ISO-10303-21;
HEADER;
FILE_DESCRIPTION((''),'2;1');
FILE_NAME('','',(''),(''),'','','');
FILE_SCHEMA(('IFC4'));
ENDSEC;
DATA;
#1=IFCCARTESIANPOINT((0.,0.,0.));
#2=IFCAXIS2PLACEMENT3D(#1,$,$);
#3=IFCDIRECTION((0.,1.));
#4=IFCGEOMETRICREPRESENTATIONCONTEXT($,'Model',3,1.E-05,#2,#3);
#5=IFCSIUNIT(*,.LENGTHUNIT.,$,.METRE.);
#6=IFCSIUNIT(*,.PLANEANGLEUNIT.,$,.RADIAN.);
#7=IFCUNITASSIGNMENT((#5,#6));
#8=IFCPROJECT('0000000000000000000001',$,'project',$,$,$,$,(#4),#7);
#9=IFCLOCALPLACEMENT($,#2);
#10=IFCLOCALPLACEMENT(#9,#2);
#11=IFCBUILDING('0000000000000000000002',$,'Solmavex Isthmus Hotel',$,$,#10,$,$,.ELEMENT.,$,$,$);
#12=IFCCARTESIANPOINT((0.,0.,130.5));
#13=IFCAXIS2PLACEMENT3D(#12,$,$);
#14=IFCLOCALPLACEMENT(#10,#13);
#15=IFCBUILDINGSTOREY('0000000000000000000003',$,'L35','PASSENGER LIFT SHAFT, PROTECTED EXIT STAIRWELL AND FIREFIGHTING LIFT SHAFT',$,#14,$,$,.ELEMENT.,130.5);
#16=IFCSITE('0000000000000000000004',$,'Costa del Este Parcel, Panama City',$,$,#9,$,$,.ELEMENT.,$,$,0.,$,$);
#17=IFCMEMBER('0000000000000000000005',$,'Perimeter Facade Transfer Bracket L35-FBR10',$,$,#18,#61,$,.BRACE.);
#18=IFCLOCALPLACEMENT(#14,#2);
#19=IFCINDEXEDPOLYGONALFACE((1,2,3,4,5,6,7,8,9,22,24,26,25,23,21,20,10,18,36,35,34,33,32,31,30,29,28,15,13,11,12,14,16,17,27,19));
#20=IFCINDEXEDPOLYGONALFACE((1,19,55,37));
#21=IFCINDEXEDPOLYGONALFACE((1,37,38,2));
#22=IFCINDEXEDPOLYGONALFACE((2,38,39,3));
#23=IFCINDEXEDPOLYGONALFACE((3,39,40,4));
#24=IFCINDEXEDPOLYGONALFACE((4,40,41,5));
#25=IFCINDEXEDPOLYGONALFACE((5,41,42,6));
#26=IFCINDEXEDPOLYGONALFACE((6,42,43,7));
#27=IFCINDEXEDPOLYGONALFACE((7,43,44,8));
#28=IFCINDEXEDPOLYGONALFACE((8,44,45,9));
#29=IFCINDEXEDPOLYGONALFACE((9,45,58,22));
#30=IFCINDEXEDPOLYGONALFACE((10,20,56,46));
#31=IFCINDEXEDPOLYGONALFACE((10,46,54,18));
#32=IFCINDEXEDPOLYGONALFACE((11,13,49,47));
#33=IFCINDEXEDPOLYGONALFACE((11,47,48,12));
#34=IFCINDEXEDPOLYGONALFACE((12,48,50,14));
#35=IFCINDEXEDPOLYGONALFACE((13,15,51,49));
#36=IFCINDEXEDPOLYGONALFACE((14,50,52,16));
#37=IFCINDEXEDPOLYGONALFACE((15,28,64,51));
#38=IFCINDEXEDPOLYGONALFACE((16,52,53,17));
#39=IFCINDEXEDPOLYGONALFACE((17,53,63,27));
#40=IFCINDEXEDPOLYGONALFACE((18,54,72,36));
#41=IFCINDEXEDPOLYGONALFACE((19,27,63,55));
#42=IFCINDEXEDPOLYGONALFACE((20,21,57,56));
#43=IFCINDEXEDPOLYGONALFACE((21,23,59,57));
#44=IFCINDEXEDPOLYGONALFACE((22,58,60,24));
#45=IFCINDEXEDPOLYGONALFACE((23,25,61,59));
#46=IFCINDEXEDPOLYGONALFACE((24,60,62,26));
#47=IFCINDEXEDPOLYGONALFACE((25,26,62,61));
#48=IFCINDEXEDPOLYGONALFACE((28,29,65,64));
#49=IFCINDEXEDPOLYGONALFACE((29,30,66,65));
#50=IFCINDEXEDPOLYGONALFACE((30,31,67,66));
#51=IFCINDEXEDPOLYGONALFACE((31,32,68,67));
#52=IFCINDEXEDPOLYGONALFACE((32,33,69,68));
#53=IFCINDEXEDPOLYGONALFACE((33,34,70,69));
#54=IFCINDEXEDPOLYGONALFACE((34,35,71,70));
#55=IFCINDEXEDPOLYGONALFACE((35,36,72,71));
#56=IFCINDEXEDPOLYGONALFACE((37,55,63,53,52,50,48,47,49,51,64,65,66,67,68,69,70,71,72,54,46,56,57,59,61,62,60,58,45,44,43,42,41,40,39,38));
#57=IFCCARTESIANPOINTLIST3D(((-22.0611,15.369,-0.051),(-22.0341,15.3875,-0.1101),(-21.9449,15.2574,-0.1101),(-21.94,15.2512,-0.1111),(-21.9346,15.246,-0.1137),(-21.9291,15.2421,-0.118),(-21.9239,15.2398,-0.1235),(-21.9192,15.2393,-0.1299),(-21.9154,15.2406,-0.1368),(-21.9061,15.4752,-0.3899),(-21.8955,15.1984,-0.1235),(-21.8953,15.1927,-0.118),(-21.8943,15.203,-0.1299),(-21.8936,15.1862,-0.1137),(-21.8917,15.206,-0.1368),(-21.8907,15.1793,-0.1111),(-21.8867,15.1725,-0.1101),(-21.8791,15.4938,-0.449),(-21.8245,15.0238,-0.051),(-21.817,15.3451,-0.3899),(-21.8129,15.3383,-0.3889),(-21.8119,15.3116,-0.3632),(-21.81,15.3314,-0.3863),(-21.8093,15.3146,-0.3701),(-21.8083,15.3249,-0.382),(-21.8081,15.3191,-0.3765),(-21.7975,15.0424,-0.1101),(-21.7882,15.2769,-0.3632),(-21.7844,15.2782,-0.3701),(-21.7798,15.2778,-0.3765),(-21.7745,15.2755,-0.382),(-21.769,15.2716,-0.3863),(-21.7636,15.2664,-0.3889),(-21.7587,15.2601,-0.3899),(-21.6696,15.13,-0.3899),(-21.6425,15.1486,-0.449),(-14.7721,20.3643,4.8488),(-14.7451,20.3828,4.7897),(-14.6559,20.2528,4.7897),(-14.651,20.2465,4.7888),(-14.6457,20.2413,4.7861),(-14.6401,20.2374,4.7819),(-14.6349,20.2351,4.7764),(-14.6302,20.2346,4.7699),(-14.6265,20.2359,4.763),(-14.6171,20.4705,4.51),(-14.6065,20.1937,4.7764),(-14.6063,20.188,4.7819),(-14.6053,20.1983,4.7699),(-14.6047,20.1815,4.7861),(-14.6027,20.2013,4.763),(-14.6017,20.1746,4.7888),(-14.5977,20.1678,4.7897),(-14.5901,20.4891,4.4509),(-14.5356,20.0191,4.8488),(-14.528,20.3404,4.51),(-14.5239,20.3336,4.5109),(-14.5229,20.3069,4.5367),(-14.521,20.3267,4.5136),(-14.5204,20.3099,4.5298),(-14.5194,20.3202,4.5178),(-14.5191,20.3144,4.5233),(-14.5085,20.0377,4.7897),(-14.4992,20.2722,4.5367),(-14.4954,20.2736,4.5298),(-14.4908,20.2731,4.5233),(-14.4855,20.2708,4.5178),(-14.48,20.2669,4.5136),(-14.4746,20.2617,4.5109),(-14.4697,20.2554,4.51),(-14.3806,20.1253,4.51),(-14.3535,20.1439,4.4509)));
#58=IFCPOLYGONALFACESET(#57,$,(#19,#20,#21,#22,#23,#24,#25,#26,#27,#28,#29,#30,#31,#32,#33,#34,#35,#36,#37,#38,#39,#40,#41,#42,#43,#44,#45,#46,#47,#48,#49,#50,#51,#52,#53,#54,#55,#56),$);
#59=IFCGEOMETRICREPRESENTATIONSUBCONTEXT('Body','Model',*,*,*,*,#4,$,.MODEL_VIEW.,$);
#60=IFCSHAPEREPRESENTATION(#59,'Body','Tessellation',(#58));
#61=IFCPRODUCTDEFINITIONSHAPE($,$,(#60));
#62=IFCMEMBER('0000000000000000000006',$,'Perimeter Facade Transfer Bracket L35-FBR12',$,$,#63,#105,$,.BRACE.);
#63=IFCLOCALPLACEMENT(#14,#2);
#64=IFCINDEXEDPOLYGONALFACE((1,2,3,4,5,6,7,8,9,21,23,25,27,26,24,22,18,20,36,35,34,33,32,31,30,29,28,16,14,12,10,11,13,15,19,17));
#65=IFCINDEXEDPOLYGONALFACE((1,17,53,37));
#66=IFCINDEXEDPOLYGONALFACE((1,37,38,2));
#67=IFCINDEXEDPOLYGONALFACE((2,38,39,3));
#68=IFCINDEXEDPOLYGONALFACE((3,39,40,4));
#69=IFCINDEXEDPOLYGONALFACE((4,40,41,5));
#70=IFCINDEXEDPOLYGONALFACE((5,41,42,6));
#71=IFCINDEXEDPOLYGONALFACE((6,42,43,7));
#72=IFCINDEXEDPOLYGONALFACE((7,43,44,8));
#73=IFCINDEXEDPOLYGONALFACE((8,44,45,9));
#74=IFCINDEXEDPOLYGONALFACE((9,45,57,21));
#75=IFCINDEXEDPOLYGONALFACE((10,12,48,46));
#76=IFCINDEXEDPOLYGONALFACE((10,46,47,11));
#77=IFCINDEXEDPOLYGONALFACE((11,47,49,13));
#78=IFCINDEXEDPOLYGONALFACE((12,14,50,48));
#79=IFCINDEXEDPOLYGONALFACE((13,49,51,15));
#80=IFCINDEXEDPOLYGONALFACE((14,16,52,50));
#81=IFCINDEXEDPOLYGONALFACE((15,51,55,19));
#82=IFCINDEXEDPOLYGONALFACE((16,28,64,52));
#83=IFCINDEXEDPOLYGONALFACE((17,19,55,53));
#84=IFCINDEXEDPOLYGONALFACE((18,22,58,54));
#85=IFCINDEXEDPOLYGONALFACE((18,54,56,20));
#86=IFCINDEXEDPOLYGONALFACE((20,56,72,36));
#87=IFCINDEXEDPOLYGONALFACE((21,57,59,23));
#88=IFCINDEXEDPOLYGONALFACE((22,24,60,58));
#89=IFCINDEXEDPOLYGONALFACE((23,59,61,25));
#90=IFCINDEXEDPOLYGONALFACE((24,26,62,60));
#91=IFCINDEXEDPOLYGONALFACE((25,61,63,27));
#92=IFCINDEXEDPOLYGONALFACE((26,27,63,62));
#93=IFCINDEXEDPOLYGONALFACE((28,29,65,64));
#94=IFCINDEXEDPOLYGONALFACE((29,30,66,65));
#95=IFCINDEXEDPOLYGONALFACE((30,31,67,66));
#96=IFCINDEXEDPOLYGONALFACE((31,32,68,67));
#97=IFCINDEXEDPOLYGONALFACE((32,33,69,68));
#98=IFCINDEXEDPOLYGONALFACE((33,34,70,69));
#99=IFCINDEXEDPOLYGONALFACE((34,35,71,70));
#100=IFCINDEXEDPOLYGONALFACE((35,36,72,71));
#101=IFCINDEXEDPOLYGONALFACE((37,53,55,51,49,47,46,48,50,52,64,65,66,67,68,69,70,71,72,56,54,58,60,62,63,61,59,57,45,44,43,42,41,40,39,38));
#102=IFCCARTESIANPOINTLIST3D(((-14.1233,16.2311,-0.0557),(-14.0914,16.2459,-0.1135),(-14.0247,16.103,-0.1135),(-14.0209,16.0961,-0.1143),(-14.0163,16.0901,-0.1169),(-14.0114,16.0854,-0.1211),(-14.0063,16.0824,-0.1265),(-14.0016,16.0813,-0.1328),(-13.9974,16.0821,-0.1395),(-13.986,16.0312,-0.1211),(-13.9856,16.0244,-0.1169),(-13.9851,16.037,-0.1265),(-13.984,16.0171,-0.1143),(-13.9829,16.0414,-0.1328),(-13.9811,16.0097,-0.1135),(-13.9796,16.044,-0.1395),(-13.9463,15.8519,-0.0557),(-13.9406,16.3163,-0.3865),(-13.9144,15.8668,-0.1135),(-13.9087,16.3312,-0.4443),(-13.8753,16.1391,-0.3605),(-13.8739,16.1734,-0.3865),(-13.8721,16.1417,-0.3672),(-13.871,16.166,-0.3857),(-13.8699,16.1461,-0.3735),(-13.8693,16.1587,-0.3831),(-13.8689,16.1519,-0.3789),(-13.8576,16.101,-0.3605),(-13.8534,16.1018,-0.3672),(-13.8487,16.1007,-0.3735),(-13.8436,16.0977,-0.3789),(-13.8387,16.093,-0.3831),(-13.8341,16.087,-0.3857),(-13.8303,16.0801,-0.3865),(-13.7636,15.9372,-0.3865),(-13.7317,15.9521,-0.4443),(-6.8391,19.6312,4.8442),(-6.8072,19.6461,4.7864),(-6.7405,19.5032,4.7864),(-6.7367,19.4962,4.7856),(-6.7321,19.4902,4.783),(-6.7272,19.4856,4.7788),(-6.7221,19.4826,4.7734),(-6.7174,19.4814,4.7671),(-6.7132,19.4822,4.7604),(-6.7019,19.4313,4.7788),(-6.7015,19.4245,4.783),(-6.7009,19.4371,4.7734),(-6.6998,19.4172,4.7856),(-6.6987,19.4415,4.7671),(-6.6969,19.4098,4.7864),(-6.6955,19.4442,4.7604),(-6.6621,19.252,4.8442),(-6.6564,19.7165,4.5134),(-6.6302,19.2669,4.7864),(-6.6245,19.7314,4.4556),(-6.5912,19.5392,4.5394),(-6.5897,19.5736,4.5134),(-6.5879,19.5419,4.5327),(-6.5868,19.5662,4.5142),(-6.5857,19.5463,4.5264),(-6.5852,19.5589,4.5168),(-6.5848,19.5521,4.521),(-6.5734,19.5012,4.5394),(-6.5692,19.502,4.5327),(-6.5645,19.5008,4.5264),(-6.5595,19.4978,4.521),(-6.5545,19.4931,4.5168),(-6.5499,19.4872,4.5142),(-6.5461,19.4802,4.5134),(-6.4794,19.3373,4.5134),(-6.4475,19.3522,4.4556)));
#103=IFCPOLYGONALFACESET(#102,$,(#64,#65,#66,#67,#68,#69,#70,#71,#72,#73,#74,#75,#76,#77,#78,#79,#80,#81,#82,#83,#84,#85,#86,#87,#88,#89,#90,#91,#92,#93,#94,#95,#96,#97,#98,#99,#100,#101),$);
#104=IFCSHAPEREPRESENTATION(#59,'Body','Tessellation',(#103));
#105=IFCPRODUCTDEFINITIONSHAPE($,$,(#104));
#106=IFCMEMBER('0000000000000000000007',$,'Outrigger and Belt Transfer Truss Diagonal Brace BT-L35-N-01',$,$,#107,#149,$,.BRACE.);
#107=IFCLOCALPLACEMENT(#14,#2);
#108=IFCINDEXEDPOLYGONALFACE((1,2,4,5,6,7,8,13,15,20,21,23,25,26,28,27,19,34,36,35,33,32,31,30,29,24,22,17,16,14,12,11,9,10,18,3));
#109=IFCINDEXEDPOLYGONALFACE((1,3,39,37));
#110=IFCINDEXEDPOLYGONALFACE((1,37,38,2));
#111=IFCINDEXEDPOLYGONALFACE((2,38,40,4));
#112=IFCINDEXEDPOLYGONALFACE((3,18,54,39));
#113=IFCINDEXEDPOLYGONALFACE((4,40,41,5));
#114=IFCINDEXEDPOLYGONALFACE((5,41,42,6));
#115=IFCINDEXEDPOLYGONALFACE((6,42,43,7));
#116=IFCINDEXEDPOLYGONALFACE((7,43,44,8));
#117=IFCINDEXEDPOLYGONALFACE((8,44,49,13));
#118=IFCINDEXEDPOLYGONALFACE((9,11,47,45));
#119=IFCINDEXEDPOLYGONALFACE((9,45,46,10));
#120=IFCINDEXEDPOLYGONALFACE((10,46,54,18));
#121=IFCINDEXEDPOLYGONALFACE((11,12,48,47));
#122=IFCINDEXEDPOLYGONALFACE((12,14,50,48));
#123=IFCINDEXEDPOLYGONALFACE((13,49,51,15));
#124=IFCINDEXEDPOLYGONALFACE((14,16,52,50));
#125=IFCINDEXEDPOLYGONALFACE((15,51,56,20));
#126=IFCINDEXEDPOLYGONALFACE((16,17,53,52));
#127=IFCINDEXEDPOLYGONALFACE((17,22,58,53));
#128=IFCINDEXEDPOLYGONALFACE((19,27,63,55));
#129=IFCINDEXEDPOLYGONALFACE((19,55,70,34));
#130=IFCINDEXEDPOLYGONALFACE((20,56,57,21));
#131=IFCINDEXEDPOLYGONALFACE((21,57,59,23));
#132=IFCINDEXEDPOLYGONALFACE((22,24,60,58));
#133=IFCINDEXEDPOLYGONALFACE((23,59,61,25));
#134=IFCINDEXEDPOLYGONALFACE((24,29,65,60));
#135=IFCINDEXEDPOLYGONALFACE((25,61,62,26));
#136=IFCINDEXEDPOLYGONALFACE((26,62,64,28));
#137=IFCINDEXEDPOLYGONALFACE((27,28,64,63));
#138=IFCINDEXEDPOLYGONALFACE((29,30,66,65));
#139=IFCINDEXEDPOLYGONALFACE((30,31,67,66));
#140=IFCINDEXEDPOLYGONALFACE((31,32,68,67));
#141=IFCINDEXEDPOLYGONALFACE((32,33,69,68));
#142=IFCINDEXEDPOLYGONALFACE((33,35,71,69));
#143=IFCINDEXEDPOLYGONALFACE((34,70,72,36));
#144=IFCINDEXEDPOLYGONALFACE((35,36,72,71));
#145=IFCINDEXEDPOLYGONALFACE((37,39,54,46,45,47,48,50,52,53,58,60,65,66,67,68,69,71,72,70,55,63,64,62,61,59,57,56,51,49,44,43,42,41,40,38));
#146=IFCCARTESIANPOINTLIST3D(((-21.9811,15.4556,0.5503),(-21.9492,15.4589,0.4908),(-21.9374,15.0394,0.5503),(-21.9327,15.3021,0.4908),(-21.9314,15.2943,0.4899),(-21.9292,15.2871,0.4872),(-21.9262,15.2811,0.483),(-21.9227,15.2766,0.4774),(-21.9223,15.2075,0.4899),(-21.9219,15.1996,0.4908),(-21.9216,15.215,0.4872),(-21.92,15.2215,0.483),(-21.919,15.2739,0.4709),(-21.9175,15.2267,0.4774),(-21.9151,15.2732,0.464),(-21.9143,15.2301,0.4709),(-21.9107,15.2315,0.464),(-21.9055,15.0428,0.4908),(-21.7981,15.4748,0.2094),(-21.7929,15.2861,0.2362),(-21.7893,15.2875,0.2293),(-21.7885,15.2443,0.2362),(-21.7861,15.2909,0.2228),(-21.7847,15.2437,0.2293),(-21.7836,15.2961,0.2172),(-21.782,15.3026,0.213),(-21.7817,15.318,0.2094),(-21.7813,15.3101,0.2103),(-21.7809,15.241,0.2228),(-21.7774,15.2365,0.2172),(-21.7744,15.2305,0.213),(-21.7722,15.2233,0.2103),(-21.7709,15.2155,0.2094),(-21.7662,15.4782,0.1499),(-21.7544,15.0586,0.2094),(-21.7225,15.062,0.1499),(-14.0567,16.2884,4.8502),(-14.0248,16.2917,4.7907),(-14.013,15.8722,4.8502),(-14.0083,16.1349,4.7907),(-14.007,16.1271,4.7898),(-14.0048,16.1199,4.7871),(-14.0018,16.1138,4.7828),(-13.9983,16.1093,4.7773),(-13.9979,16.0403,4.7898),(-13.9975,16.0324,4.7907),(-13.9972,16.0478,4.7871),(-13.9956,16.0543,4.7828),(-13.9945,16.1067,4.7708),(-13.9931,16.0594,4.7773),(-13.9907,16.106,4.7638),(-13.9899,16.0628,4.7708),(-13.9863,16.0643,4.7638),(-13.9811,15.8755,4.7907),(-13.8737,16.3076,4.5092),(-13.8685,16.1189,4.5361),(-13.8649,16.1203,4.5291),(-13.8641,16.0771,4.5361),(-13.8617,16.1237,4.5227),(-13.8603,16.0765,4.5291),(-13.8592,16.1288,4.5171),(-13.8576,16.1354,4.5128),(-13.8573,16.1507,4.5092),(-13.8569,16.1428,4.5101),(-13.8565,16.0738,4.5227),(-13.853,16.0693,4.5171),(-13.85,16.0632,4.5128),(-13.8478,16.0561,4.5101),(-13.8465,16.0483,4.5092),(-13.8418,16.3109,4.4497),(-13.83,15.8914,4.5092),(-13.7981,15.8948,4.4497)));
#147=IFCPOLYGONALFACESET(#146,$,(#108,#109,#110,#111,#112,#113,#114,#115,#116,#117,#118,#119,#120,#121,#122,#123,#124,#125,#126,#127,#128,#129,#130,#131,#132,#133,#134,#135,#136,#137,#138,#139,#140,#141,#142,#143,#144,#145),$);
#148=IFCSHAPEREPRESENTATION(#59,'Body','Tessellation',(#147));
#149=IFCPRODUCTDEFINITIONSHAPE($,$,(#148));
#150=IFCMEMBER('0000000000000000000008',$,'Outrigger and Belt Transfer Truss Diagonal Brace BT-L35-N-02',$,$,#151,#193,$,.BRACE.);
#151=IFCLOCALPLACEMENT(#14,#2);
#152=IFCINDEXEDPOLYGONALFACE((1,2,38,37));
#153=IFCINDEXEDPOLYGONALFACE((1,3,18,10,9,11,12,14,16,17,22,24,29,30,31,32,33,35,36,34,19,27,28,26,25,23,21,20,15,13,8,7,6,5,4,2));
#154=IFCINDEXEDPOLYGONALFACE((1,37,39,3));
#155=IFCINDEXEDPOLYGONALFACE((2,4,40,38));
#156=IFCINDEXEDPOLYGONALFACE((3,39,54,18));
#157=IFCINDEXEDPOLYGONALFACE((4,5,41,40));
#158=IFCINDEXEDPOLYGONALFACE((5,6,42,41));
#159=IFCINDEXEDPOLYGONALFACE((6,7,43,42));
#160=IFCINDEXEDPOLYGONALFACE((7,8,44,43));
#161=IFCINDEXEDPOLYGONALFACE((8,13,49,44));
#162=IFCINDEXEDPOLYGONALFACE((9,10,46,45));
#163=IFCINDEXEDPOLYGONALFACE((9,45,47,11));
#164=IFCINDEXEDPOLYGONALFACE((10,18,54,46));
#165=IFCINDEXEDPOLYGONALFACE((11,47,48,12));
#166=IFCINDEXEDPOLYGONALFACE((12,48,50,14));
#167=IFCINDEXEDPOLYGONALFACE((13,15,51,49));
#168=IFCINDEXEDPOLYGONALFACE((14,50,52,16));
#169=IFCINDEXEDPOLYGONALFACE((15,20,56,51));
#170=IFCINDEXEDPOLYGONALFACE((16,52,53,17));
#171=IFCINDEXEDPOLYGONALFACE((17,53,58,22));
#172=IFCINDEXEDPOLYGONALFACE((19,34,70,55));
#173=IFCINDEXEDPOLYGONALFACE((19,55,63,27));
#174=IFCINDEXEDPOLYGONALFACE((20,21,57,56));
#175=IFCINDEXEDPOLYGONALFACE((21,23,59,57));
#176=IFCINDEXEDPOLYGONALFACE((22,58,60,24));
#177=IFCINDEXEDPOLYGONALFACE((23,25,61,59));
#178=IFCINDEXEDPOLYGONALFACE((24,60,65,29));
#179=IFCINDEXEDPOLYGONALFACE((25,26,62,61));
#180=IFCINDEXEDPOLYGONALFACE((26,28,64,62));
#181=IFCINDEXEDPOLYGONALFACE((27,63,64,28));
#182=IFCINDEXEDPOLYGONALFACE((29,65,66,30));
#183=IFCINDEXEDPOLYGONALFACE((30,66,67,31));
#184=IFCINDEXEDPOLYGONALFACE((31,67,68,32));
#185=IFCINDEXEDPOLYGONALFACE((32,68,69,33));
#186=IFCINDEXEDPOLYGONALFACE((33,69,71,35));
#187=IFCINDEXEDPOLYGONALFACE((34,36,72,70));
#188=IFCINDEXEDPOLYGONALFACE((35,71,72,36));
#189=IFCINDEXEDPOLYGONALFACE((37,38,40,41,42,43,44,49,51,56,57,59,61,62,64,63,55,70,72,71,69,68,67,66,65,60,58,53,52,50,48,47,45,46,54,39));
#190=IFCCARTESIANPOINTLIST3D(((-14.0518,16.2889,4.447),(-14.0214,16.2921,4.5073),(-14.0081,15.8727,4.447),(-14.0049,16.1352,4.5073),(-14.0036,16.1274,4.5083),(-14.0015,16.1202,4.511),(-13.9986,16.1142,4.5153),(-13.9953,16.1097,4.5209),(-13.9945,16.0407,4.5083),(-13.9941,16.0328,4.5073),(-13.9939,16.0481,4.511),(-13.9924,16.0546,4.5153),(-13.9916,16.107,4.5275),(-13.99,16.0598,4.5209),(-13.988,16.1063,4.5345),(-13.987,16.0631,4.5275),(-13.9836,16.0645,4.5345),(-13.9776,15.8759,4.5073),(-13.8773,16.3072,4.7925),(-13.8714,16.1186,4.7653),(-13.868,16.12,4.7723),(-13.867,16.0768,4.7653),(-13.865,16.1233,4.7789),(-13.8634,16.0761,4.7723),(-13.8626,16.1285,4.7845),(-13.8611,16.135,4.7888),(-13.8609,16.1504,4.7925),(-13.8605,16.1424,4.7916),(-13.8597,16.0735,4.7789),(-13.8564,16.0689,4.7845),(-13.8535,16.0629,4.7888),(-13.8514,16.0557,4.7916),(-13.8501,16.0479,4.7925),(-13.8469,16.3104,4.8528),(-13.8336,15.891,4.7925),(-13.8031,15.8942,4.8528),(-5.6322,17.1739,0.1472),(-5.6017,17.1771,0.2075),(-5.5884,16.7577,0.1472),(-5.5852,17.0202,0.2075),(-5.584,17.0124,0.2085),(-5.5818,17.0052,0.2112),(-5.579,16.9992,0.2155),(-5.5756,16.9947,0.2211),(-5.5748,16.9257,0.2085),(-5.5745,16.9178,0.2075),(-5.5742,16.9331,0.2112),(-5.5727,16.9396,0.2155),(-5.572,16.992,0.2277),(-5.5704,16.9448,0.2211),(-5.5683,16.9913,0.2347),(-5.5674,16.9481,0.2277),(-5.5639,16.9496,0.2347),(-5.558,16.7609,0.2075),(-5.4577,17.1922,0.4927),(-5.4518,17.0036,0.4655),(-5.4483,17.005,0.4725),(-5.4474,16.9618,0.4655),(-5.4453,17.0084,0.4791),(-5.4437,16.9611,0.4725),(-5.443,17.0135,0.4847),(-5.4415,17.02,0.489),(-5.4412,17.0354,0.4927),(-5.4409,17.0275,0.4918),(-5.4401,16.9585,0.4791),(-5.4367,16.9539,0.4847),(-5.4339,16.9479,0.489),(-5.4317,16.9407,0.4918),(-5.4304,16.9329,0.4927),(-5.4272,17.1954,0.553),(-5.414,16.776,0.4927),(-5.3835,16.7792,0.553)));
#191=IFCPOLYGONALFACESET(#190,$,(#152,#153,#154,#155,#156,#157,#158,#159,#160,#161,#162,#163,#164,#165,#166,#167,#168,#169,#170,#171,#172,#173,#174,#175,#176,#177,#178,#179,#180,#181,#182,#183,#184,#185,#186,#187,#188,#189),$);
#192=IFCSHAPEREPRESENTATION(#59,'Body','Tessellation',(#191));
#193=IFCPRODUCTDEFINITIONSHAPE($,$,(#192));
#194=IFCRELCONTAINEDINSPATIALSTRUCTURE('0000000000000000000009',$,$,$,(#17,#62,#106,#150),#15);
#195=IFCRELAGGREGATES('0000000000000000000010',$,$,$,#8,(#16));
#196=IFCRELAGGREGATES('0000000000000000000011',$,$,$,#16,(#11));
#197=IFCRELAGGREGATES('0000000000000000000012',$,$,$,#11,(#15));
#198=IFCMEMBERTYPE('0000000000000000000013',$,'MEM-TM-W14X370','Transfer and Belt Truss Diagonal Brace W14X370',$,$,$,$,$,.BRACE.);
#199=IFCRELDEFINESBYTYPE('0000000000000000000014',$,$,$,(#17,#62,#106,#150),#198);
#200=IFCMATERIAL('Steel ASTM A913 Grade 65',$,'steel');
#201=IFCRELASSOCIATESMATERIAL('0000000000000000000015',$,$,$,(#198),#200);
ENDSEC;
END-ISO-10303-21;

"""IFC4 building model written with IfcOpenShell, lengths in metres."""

from ifc_helpers import new_model, si_unit, direction, frame, origin, origin_2d, place, context, subcontext, project, spatial, i_section, extrude, material, material_profile, profile_set, type_object, element, save


model = new_model("IFC4")

# Units and contexts
model_context = context("Model", 3, precision=1e-05, world=origin(), true_north=direction((0.0, 1.0)))
body_context = subcontext(model_context, "Body", "Model", "MODEL_VIEW")
ifc_project = project(units=[si_unit("LENGTHUNIT", "METRE"), si_unit("PLANEANGLEUNIT", "RADIAN")], contexts=[model_context])

# Site, building, storey
site_placement = place(None, origin())
site = spatial("IfcSite", under=ifc_project, at=site_placement, Name="Costa del Este Parcel, Panama City", CompositionType="ELEMENT", RefElevation=0.0)
building_placement = place(site_placement, origin())
building = spatial("IfcBuilding", under=site, at=building_placement, Name="Solmavex Isthmus Hotel", CompositionType="ELEMENT")
storey_placement = place(building_placement, frame((0.0, 0.0, 130.5)))
storey = spatial("IfcBuildingStorey", under=building, at=storey_placement, Name="L35", Description="PASSENGER LIFT SHAFT, PROTECTED EXIT STAIRWELL AND FIREFIGHTING LIFT SHAFT", CompositionType="ELEMENT", Elevation=130.5)

# Shared definitions
ifc_material_1 = material(Name="Steel ASTM A913 Grade 65", Category="steel")

# Members
ifc_material_profile_1 = material_profile(ifc_material_1, i_section(OverallWidth=0.4185, OverallDepth=0.4551, WebThickness=0.042, FlangeThickness=0.0676, FilletRadius=0.0305, at=origin_2d()), Name="W14X370")
ifc_profile_set_1 = profile_set([ifc_material_profile_1], Name="Steel ASTM A913 Grade 65")
member_type_1 = type_object("IfcMemberType", Name="MEM-TM-W14X370", Description="Transfer and Belt Truss Diagonal Brace W14X370", PredefinedType="BRACE", material=ifc_profile_set_1)
member_1_placement = place(storey_placement, frame((-21.8518, 15.2588, -0.25), z_axis=(0.721396, 0.494389, 0.484941), x_axis=(-0.565309, 0.824879, 0.0)))
element("IfcMember", 1, at=member_1_placement, inside=storey, type_object=member_type_1, Name="Perimeter Facade Transfer Bracket L35-FBR10", PredefinedType="BRACE", context=body_context, shape_type="SweptSolid", body=[
    extrude(i_section(OverallWidth=0.4185, OverallDepth=0.4551, WebThickness=0.042, FlangeThickness=0.0676, FilletRadius=0.0305, at=origin_2d()), origin(), (0.0, 0.0, 1.0), 10.104),
])
member_2_placement = place(storey_placement, frame((-13.9275, 16.0916, -0.25), z_axis=(0.773734, 0.361168, 0.520474), x_axis=(-0.422974, 0.906142, 0.0)))
element("IfcMember", 2, at=member_2_placement, inside=storey, type_object=member_type_1, Name="Perimeter Facade Transfer Bracket L35-FBR12", PredefinedType="BRACE", context=body_context, shape_type="SweptSolid", body=[
    extrude(i_section(OverallWidth=0.4185, OverallDepth=0.4551, WebThickness=0.042, FlangeThickness=0.0676, FilletRadius=0.0305, at=origin_2d()), origin(), (0.0, 0.0, 1.0), 9.4143),
])
member_3_placement = place(storey_placement, frame((-21.8518, 15.2588, 0.3501), z_axis=(0.875219, 0.091976, 0.474902), x_axis=(-0.104514, 0.994523, 0.0)))
element("IfcMember", 3, at=member_3_placement, inside=storey, type_object=member_type_1, Name="Outrigger and Belt Transfer Truss Diagonal Brace BT-L35-N-01", PredefinedType="BRACE", context=body_context, shape_type="SweptSolid", body=[
    extrude(i_section(OverallWidth=0.4185, OverallDepth=0.4551, WebThickness=0.042, FlangeThickness=0.0676, FilletRadius=0.0305, at=origin_2d()), origin(), (0.0, 0.0, 1.0), 9.0542),
])
member_4_placement = place(storey_placement, frame((-13.9275, 16.0916, 4.6499), z_axis=(0.886712, 0.093204, -0.45283), x_axis=(-0.104536, 0.994521, 0.0)))
element("IfcMember", 4, at=member_4_placement, inside=storey, type_object=member_type_1, Name="Outrigger and Belt Transfer Truss Diagonal Brace BT-L35-N-02", PredefinedType="BRACE", context=body_context, shape_type="SweptSolid", body=[
    extrude(i_section(OverallWidth=0.4185, OverallDepth=0.4551, WebThickness=0.042, FlangeThickness=0.0676, FilletRadius=0.0305, at=origin_2d()), origin(), (0.0, 0.0, 1.0), 9.4954),
])

save(model, "model.ifc")
